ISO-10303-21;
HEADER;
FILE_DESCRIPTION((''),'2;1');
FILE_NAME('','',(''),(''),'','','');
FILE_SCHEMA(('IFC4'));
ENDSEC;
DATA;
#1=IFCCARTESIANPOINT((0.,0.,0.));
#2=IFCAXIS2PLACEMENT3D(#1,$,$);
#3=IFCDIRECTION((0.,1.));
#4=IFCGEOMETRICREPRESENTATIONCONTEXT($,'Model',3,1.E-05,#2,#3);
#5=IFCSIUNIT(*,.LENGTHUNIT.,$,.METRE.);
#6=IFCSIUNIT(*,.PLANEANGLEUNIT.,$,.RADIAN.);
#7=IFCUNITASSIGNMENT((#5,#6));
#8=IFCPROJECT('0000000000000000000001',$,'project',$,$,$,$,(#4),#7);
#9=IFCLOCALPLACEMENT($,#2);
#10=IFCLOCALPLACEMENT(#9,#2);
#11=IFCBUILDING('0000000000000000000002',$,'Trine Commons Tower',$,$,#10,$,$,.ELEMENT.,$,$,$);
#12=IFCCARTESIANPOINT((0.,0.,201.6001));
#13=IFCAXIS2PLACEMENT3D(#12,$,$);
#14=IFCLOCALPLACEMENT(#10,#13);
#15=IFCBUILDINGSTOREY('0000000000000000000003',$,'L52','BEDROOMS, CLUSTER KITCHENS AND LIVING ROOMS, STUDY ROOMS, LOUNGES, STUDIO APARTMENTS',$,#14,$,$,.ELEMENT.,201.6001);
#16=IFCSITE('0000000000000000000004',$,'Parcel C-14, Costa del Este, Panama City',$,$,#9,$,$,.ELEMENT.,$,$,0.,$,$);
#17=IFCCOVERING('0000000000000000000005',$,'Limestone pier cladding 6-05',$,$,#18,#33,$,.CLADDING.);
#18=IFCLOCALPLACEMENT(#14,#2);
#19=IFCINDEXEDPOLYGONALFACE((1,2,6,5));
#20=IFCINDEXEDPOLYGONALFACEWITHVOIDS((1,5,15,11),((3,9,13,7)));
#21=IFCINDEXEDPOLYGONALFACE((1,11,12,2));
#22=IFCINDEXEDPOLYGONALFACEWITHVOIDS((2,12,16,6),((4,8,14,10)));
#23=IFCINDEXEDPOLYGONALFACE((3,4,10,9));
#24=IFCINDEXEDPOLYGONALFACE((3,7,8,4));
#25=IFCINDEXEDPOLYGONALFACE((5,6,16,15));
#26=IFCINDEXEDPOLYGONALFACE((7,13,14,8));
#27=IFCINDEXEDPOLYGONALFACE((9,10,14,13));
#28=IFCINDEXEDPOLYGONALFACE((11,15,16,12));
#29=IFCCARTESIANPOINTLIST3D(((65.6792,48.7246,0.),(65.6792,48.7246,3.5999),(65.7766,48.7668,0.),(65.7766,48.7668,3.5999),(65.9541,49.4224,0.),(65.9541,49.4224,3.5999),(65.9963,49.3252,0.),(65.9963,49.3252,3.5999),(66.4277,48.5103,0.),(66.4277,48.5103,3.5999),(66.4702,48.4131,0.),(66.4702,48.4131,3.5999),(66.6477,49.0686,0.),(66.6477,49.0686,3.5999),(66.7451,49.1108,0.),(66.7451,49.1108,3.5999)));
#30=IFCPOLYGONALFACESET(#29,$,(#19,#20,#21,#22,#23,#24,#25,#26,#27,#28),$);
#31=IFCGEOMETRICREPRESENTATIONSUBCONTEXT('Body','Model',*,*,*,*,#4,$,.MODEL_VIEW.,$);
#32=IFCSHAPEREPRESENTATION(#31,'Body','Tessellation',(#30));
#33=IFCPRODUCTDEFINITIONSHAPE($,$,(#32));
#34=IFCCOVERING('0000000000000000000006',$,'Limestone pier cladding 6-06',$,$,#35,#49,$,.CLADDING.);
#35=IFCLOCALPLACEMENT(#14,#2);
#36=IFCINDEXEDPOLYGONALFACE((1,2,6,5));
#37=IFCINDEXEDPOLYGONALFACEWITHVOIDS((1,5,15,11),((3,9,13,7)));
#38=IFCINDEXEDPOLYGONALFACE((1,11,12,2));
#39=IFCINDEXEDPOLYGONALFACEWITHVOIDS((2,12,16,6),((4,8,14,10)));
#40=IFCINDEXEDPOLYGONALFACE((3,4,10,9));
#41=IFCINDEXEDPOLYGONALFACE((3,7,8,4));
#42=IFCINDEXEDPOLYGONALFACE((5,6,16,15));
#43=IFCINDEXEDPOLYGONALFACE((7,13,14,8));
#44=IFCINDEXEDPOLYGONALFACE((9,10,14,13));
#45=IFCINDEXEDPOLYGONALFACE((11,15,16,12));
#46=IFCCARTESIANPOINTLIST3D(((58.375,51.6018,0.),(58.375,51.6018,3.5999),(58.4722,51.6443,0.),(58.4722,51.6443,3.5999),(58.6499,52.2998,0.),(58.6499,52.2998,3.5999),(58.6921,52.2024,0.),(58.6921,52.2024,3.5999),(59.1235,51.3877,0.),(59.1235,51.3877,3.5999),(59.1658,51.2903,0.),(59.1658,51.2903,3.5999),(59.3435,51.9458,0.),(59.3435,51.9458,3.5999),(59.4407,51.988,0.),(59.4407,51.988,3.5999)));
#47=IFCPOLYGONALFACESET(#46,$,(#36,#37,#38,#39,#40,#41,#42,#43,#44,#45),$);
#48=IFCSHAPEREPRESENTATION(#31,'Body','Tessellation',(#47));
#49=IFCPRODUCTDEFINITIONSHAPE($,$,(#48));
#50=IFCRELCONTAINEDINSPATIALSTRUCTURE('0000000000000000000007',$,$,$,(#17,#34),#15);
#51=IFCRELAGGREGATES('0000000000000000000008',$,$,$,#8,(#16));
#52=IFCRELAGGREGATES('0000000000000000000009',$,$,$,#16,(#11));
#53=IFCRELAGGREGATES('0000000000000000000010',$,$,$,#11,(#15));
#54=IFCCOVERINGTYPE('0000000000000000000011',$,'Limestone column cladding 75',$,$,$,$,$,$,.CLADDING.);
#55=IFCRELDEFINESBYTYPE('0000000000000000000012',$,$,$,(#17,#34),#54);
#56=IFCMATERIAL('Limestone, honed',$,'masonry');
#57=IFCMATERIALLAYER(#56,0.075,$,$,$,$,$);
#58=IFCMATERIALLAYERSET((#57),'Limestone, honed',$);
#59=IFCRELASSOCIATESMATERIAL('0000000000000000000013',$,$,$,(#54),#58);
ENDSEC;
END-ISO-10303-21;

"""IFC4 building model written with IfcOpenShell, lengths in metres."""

from ifc_helpers import new_model, si_unit, direction, frame, origin, place, context, subcontext, project, spatial, polyline, outline, extrude, material, layer, layer_set, type_object, element, save


model = new_model("IFC4")

# Units and contexts
model_context = context("Model", 3, precision=1e-05, world=origin(), true_north=direction((0.0, 1.0)))
body_context = subcontext(model_context, "Body", "Model", "MODEL_VIEW")
ifc_project = project(units=[si_unit("LENGTHUNIT", "METRE"), si_unit("PLANEANGLEUNIT", "RADIAN")], contexts=[model_context])

# Site, building, storey
site_placement = place(None, origin())
site = spatial("IfcSite", under=ifc_project, at=site_placement, Name="Parcel C-14, Costa del Este, Panama City", CompositionType="ELEMENT", RefElevation=0.0)
building_placement = place(site_placement, origin())
building = spatial("IfcBuilding", under=site, at=building_placement, Name="Trine Commons Tower", CompositionType="ELEMENT")
storey_placement = place(building_placement, frame((0.0, 0.0, 201.6001)))
storey = spatial("IfcBuildingStorey", under=building, at=storey_placement, Name="L52", Description="BEDROOMS, CLUSTER KITCHENS AND LIVING ROOMS, STUDY ROOMS, LOUNGES, STUDIO APARTMENTS", CompositionType="ELEMENT", Elevation=201.6001)

# Coverings
ifc_material_1 = material(Name="Limestone, honed", Category="masonry")
ifc_layer_1 = layer(ifc_material_1, 0.075)
ifc_layer_set_1 = layer_set([ifc_layer_1], Name="Limestone, honed")
covering_type_1 = type_object("IfcCoveringType", Name="Limestone column cladding 75", PredefinedType="CLADDING", material=ifc_layer_set_1)
covering_1_placement = place(storey_placement, origin())
element("IfcCovering", 1, at=covering_1_placement, inside=storey, type_object=covering_type_1, Name="Limestone pier cladding 6-05", PredefinedType="CLADDING", context=body_context, shape_type="SweptSolid", body=[
    extrude(outline(polyline([(65.9541, 49.4224), (65.6792, 48.7246), (66.4702, 48.4131), (66.7451, 49.1108), (65.9541, 49.4224)]), holes=[polyline([(65.9963, 49.3252), (65.7766, 48.7668), (66.4277, 48.5103), (66.6477, 49.0686), (65.9963, 49.3252)])]), origin(), (0.0, 0.0, 1.0), 3.5999),
])
covering_2_placement = place(storey_placement, origin())
element("IfcCovering", 2, at=covering_2_placement, inside=storey, type_object=covering_type_1, Name="Limestone pier cladding 6-06", PredefinedType="CLADDING", context=body_context, shape_type="SweptSolid", body=[
    extrude(outline(polyline([(58.6499, 52.2998), (58.375, 51.6018), (59.1658, 51.2903), (59.4407, 51.988), (58.6499, 52.2998)]), holes=[polyline([(58.6921, 52.2024), (58.4722, 51.6443), (59.1235, 51.3877), (59.3435, 51.9458), (58.6921, 52.2024)])]), origin(), (0.0, 0.0, 1.0), 3.5999),
])

save(model, "model.ifc")
